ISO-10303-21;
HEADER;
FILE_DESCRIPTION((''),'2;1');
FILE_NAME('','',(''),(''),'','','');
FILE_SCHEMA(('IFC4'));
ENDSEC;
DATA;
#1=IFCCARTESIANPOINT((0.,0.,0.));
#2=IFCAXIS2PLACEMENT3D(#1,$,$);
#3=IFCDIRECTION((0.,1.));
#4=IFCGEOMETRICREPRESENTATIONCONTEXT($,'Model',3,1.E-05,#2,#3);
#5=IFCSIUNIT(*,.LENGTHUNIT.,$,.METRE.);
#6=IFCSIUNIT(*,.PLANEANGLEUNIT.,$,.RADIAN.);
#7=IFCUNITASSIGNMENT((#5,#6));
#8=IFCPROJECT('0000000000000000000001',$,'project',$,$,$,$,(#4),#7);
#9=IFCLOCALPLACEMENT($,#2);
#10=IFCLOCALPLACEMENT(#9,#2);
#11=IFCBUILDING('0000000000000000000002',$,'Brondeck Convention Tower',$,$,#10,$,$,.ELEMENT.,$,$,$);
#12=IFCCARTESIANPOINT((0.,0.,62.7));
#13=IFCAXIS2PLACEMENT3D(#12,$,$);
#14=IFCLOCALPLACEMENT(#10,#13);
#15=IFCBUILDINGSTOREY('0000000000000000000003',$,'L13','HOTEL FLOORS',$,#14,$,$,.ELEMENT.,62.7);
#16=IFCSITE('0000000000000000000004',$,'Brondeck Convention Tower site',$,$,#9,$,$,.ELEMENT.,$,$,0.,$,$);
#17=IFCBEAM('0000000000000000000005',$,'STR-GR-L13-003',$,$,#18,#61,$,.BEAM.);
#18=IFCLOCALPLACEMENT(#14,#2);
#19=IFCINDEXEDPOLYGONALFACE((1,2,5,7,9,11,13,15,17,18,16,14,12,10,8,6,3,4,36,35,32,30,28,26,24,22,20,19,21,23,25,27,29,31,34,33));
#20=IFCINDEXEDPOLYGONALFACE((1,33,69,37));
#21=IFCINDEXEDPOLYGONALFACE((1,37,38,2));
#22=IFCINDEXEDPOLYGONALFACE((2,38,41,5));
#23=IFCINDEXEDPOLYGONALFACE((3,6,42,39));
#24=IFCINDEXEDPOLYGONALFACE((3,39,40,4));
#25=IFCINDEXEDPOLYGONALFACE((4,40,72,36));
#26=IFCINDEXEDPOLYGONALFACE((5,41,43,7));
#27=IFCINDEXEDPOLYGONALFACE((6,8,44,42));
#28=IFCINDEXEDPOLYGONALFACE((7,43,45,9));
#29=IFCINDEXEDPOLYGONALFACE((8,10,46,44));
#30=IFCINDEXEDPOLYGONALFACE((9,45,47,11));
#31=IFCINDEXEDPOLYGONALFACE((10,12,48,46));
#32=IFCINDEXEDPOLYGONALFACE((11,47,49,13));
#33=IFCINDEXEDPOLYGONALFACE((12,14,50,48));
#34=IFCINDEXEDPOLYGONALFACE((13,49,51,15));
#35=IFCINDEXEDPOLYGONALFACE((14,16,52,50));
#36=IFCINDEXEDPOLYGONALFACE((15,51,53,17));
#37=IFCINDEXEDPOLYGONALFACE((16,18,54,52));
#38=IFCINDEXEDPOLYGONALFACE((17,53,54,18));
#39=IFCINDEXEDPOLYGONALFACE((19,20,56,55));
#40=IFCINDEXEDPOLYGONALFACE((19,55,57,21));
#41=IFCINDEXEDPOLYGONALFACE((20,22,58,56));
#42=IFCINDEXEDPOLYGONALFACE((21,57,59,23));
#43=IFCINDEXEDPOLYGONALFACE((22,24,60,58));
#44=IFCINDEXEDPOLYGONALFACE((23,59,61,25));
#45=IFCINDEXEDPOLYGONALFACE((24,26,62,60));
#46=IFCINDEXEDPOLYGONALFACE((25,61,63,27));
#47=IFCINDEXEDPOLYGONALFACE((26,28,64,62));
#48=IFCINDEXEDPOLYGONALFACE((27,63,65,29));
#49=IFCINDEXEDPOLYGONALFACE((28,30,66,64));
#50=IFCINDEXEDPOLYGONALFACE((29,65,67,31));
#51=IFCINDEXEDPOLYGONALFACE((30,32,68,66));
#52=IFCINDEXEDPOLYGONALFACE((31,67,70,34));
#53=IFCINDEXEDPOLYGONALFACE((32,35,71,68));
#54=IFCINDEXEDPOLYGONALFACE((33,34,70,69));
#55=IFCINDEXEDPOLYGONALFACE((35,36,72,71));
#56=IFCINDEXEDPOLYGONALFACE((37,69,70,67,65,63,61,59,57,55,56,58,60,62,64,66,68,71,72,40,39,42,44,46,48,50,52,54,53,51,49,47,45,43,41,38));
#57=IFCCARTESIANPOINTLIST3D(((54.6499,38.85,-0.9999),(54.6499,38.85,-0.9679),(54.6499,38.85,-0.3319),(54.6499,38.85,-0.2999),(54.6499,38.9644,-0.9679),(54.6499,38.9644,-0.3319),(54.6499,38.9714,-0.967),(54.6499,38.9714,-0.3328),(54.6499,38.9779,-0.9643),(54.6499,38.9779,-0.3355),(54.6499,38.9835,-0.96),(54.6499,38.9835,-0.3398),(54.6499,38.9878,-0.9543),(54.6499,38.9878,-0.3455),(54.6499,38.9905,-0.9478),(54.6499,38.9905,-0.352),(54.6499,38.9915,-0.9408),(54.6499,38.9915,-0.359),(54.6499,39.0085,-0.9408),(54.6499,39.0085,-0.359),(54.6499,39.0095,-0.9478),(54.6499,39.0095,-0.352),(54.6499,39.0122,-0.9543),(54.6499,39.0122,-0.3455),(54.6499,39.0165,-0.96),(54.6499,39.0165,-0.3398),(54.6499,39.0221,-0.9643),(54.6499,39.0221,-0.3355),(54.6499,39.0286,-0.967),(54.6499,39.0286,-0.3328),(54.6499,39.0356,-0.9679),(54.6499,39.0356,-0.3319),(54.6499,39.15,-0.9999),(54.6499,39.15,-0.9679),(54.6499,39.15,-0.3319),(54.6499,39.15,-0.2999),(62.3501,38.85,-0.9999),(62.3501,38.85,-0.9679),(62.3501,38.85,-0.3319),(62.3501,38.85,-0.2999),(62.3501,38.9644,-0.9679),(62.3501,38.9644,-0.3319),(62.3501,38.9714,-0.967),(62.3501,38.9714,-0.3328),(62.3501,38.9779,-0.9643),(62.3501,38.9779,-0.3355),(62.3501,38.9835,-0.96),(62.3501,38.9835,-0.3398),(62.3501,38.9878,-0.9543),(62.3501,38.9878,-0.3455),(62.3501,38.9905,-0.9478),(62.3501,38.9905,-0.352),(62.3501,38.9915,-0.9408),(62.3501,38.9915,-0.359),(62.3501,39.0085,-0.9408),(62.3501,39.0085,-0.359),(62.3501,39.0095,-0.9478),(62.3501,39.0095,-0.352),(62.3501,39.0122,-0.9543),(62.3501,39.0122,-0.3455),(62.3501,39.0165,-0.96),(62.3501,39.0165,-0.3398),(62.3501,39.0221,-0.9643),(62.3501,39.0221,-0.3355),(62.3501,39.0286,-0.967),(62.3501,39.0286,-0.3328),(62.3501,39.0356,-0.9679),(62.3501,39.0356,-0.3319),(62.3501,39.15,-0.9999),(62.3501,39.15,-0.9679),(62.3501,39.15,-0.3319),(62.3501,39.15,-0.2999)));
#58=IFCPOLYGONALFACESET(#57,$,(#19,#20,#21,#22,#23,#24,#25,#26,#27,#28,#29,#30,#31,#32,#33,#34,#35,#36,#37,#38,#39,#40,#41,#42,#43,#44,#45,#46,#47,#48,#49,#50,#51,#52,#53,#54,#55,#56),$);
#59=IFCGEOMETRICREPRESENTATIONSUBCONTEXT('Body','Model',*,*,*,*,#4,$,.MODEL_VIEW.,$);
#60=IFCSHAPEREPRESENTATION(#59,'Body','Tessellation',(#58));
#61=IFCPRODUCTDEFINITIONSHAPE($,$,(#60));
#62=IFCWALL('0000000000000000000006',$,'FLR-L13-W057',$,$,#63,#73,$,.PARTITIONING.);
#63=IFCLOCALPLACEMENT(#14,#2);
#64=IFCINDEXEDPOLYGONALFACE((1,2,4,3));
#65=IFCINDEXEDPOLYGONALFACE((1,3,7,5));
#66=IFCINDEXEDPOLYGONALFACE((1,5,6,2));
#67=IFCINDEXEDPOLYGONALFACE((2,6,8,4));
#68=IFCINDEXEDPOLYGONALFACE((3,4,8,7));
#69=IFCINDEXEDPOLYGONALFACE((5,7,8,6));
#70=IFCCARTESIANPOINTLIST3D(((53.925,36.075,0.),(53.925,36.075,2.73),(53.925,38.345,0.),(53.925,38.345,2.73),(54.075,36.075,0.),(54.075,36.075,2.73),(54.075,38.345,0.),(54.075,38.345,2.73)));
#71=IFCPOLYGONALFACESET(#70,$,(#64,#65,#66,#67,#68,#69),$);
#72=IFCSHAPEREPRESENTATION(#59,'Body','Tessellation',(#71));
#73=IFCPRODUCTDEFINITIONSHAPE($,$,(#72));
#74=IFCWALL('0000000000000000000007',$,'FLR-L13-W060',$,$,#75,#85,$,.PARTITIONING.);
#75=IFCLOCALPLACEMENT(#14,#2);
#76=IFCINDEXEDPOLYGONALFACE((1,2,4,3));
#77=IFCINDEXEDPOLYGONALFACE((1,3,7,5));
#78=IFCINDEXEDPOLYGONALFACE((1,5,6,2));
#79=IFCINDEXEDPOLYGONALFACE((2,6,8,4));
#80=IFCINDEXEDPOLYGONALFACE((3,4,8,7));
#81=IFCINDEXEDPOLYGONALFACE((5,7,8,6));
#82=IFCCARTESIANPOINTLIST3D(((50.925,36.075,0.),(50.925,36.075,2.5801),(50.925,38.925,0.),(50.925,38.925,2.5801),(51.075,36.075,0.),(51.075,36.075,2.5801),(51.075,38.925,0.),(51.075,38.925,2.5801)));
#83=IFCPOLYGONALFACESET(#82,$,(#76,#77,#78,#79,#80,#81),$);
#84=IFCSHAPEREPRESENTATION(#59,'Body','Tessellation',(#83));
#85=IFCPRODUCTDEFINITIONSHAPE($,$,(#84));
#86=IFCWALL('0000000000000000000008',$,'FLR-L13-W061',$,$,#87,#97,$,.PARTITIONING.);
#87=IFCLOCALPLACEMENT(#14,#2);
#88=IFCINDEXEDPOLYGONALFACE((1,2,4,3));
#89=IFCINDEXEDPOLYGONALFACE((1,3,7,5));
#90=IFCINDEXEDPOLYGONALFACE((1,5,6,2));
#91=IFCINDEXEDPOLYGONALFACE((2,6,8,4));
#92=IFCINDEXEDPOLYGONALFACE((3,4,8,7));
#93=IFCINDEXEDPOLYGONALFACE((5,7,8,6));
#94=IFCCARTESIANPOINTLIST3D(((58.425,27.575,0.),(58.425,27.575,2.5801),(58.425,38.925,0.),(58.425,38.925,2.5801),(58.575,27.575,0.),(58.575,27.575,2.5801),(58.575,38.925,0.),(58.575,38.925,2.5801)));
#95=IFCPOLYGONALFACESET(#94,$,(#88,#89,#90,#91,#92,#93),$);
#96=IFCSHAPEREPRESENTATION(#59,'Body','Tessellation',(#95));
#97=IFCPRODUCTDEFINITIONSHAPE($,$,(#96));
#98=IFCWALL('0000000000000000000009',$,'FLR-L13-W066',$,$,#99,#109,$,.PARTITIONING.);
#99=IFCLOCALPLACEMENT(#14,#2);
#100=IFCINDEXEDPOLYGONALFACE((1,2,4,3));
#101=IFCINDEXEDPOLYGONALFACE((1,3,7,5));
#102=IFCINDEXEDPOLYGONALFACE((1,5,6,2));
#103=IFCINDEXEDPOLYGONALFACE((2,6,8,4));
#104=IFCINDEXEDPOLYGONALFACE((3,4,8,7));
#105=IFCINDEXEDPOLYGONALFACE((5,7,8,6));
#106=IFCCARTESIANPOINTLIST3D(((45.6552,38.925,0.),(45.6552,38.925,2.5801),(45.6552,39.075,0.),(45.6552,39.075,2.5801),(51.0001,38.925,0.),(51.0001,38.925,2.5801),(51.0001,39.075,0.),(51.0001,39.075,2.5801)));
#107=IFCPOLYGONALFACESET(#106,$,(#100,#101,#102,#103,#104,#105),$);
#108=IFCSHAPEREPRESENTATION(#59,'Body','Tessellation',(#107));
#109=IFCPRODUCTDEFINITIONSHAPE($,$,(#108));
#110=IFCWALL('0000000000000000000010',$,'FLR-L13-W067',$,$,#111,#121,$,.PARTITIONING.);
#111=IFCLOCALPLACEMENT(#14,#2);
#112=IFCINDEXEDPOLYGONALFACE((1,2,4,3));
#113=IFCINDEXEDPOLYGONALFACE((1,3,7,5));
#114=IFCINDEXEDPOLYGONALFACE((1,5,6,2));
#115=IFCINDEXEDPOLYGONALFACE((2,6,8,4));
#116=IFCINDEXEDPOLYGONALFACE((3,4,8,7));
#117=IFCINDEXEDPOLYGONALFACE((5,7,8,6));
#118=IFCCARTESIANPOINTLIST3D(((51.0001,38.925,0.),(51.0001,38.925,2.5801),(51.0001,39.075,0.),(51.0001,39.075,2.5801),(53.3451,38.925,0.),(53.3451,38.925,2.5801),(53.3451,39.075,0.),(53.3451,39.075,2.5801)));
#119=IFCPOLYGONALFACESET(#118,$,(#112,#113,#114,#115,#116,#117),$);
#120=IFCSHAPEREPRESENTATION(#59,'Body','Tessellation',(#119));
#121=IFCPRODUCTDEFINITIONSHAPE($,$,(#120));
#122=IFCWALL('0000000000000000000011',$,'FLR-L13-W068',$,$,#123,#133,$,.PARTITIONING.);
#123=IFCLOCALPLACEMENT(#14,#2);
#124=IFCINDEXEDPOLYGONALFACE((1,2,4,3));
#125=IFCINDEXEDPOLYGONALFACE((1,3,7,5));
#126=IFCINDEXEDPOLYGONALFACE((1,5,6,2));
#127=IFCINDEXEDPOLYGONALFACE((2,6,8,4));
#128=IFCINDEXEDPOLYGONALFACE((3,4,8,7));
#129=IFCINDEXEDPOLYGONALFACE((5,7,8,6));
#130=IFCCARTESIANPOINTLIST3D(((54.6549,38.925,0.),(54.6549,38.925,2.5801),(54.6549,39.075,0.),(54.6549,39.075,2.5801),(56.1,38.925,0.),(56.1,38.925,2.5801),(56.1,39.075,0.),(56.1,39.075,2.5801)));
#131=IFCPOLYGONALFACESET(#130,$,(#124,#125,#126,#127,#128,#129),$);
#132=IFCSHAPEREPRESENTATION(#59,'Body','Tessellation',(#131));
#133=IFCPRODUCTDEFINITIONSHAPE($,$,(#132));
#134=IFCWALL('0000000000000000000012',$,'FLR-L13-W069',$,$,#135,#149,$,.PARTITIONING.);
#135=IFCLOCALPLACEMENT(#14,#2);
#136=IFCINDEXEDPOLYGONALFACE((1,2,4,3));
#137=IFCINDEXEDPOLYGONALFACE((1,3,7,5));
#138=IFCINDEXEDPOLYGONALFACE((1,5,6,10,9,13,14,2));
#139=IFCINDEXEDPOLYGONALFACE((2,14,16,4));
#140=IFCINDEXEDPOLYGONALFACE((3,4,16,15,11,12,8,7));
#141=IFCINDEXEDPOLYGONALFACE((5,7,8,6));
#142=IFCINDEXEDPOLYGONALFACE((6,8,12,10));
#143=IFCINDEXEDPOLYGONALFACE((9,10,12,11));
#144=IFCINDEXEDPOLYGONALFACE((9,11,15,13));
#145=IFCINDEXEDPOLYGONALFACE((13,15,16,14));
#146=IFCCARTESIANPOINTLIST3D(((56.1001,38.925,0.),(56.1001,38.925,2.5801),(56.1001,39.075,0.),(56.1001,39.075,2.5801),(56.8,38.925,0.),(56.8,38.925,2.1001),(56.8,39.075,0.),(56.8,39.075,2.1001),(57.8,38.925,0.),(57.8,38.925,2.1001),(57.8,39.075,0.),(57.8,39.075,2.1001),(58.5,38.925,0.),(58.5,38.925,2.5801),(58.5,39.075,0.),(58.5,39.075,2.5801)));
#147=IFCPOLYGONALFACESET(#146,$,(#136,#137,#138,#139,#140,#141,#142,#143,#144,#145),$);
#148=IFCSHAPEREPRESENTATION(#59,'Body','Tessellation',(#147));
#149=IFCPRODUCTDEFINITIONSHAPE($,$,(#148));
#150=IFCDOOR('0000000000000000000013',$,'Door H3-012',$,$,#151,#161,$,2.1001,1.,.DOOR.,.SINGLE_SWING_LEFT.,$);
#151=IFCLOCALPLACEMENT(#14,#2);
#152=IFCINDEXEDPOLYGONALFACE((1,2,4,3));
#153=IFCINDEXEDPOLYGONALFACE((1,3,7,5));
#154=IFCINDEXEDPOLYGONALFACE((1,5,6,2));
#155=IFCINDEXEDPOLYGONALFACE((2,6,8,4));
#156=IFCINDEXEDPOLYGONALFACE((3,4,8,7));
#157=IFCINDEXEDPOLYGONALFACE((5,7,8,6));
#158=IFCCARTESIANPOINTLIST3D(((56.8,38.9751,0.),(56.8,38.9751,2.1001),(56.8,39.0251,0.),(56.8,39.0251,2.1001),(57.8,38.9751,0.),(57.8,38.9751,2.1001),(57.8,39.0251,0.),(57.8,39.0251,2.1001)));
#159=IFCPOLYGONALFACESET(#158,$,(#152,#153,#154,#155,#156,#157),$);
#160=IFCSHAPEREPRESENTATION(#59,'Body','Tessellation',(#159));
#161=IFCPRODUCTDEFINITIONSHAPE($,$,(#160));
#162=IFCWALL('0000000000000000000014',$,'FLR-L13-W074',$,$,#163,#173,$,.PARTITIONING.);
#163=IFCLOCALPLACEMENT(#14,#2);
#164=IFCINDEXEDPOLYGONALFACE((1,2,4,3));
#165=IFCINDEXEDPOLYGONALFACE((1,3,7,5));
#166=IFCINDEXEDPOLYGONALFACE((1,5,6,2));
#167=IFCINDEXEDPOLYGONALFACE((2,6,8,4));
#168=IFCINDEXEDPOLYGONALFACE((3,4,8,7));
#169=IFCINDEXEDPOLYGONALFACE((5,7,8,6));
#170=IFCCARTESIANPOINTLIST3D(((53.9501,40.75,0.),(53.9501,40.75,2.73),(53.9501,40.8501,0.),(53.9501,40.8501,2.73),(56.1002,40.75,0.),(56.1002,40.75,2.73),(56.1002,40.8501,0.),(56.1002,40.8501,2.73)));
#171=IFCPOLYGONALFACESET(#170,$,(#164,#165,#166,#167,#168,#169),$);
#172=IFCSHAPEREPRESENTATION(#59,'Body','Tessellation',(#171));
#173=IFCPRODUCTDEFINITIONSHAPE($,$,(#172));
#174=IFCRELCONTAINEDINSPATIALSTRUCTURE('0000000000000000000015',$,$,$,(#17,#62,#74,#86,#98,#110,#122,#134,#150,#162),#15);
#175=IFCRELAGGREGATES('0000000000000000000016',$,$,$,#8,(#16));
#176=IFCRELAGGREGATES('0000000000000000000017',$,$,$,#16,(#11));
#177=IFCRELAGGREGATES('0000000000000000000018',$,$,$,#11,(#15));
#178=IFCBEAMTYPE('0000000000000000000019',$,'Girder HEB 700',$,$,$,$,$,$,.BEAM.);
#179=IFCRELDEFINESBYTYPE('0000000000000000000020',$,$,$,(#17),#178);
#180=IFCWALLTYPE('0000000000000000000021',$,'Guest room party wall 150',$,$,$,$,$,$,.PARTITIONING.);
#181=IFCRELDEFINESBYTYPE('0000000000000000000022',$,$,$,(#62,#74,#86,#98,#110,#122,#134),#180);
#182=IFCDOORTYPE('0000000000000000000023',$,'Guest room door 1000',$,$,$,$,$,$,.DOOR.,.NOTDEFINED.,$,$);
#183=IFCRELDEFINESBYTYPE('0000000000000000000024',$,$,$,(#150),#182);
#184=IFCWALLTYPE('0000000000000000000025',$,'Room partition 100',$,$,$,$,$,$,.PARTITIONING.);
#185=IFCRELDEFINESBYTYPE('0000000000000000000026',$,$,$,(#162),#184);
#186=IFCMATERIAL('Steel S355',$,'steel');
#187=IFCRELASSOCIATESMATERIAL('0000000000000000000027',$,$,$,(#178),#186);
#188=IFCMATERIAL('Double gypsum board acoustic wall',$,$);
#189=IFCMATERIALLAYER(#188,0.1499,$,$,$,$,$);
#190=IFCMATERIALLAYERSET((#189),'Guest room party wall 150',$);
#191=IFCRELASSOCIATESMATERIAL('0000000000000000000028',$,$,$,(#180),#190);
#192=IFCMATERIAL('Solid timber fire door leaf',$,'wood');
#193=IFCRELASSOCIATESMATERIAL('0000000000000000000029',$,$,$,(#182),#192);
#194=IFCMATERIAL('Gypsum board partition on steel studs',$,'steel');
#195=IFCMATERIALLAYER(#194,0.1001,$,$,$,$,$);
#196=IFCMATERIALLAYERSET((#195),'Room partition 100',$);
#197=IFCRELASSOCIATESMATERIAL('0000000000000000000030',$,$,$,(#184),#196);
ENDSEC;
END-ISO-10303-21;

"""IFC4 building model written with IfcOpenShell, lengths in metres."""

from ifc_helpers import new_model, si_unit, direction, frame, frame_2d, origin, origin_2d, place, context, subcontext, project, spatial, rectangle, i_section, extrude, material, layer, layer_set, material_profile, profile_set, type_object, element, fill, save


model = new_model("IFC4")

# Units and contexts
model_context = context("Model", 3, precision=1e-05, world=origin(), true_north=direction((0.0, 1.0)))
body_context = subcontext(model_context, "Body", "Model", "MODEL_VIEW")
ifc_project = project(units=[si_unit("LENGTHUNIT", "METRE"), si_unit("PLANEANGLEUNIT", "RADIAN")], contexts=[model_context])

# Site, building, storey
site_placement = place(None, origin())
site = spatial("IfcSite", under=ifc_project, at=site_placement, Name="Brondeck Convention Tower site", CompositionType="ELEMENT", RefElevation=0.0)
building_placement = place(site_placement, origin())
building = spatial("IfcBuilding", under=site, at=building_placement, Name="Brondeck Convention Tower", CompositionType="ELEMENT")
storey_placement = place(building_placement, frame((0.0, 0.0, 62.7)))
storey = spatial("IfcBuildingStorey", under=building, at=storey_placement, Name="L13", Description="HOTEL FLOORS", CompositionType="ELEMENT", Elevation=62.7)

# Beam
ifc_material_1 = material(Name="Steel S355", Category="steel")
ifc_material_profile_1 = material_profile(ifc_material_1, i_section(OverallWidth=0.3, OverallDepth=0.7, WebThickness=0.0171, FlangeThickness=0.032, FilletRadius=0.0271, at=origin_2d()), Name="HEB 700")
ifc_profile_set_1 = profile_set([ifc_material_profile_1], Name="Steel S355")
beam_type_1 = type_object("IfcBeamType", Name="Girder HEB 700", PredefinedType="BEAM", material=ifc_profile_set_1)
for number, where, z_axis, x_axis, name in (
    (1, (54.6499, 39.0, -0.6499), (1.0, 0.0, 0.0), (0.0, 1.0, 0.0), "STR-GR-L13-003"),
):
    element("IfcBeam", number, at=place(storey_placement, frame(where, z_axis=z_axis, x_axis=x_axis)), inside=storey, type_object=beam_type_1, Name=name, PredefinedType="BEAM", context=body_context, shape_type="SweptSolid", body=[
        extrude(i_section(OverallWidth=0.3, OverallDepth=0.7, WebThickness=0.0171, FlangeThickness=0.032, FilletRadius=0.0271, at=origin_2d()), origin(), (0.0, 0.0, 1.0), 7.7002),
    ])

# Walls
ifc_material_2 = material(Name="Double gypsum board acoustic wall")
ifc_layer_1 = layer(ifc_material_2, 0.1499)
ifc_layer_set_1 = layer_set([ifc_layer_1], Name="Guest room party wall 150")
wall_type_1 = type_object("IfcWallType", Name="Guest room party wall 150", PredefinedType="PARTITIONING", material=ifc_layer_set_1)
wall_1_placement = place(storey_placement, frame((54.0, 38.345, 0.0), z_axis=(0.0, 0.0, 1.0), x_axis=(0.0, -1.0, 0.0)))
element("IfcWall", 2, at=wall_1_placement, inside=storey, type_object=wall_type_1, Name="FLR-L13-W057", PredefinedType="PARTITIONING", context=body_context, shape_type="SweptSolid", body=[
    extrude(rectangle(XDim=2.27, YDim=0.1499, at=frame_2d((1.135, 0.0))), origin(), (0.0, 0.0, 1.0), 2.73),
])
wall_2_placement = place(storey_placement, frame((51.0, 38.925, 0.0), z_axis=(0.0, 0.0, 1.0), x_axis=(0.0, -1.0, 0.0)))
element("IfcWall", 3, at=wall_2_placement, inside=storey, type_object=wall_type_1, Name="FLR-L13-W060", PredefinedType="PARTITIONING", context=body_context, shape_type="SweptSolid", body=[
    extrude(rectangle(XDim=2.8501, YDim=0.1499, at=frame_2d((1.425, 0.0))), origin(), (0.0, 0.0, 1.0), 2.5801),
])
wall_3_placement = place(storey_placement, frame((58.5, 38.925, 0.0), z_axis=(0.0, 0.0, 1.0), x_axis=(0.0, -1.0, 0.0)))
element("IfcWall", 4, at=wall_3_placement, inside=storey, type_object=wall_type_1, Name="FLR-L13-W061", PredefinedType="PARTITIONING", context=body_context, shape_type="SweptSolid", body=[
    extrude(rectangle(XDim=11.3501, YDim=0.1499, at=frame_2d((5.675, 0.0))), origin(), (0.0, 0.0, 1.0), 2.5801),
])
wall_4_placement = place(storey_placement, frame((51.0, 39.0, 0.0), z_axis=(0.0, 0.0, 1.0), x_axis=(-1.0, 0.0, 0.0)))
element("IfcWall", 5, at=wall_4_placement, inside=storey, type_object=wall_type_1, Name="FLR-L13-W066", PredefinedType="PARTITIONING", context=body_context, shape_type="SweptSolid", body=[
    extrude(rectangle(XDim=5.345, YDim=0.1499, at=frame_2d((2.6724, 0.0))), origin(), (0.0, 0.0, 1.0), 2.5801),
])
wall_5_placement = place(storey_placement, frame((53.345, 39.0, 0.0), z_axis=(0.0, 0.0, 1.0), x_axis=(-1.0, 0.0, 0.0)))
element("IfcWall", 6, at=wall_5_placement, inside=storey, type_object=wall_type_1, Name="FLR-L13-W067", PredefinedType="PARTITIONING", context=body_context, shape_type="SweptSolid", body=[
    extrude(rectangle(XDim=2.345, YDim=0.1499, at=frame_2d((1.1724, 0.0))), origin(), (0.0, 0.0, 1.0), 2.5801),
])
wall_6_placement = place(storey_placement, frame((56.1001, 39.0, 0.0), z_axis=(0.0, 0.0, 1.0), x_axis=(-1.0, 0.0, 0.0)))
element("IfcWall", 7, at=wall_6_placement, inside=storey, type_object=wall_type_1, Name="FLR-L13-W068", PredefinedType="PARTITIONING", context=body_context, shape_type="SweptSolid", body=[
    extrude(rectangle(XDim=1.4451, YDim=0.1499, at=frame_2d((0.7227, 0.0))), origin(), (0.0, 0.0, 1.0), 2.5801),
])

# Wall, opening, door
wall_7_placement = place(storey_placement, frame((58.5, 39.0, 0.0), z_axis=(0.0, 0.0, 1.0), x_axis=(-1.0, 0.0, 0.0)))
wall_7 = element("IfcWall", 8, at=wall_7_placement, inside=storey, type_object=wall_type_1, Name="FLR-L13-W069", PredefinedType="PARTITIONING", context=body_context, shape_type="SweptSolid", body=[
    extrude(rectangle(XDim=2.3999, YDim=0.1499, at=frame_2d((1.2, 0.0))), origin(), (0.0, 0.0, 1.0), 2.5801),
])
opening_1_placement = place(wall_7_placement, frame((0.7, 0.0, 0.0)))
opening_1 = element("IfcOpeningElement", 9, at=opening_1_placement, cuts=wall_7, PredefinedType="OPENING", context=body_context, shape_type="SweptSolid", body=[
    extrude(rectangle(XDim=1.0, YDim=2.1001, at=frame_2d((0.5, 1.05))), frame((0.0, 0.085, 0.0), z_axis=(0.0, -1.0, 0.0), x_axis=(1.0, 0.0, 0.0)), (0.0, 0.0, 1.0), 0.1699),
])
ifc_material_3 = material(Name="Solid timber fire door leaf", Category="wood")
door_type_1 = type_object("IfcDoorType", Name="Guest room door 1000", OperationType="NOTDEFINED", PredefinedType="DOOR", material=ifc_material_3)
door_1_placement = place(opening_1_placement, origin())
door_1 = element("IfcDoor", 10, at=door_1_placement, inside=storey, type_object=door_type_1, Name="Door H3-012", OperationType="SINGLE_SWING_LEFT", OverallHeight=2.1001, OverallWidth=1.0, PredefinedType="DOOR", context=body_context, shape_type="SweptSolid", body=[
    extrude(rectangle(XDim=1.0, YDim=2.1001, at=frame_2d((0.5, 1.05))), frame((0.0, 0.0249, 0.0), z_axis=(0.0, -1.0, 0.0), x_axis=(1.0, 0.0, 0.0)), (0.0, 0.0, 1.0), 0.05),
])
fill(opening_1, door_1)

# Wall
ifc_material_4 = material(Name="Gypsum board partition on steel studs", Category="steel")
ifc_layer_2 = layer(ifc_material_4, 0.1001)
ifc_layer_set_2 = layer_set([ifc_layer_2], Name="Room partition 100")
wall_type_2 = type_object("IfcWallType", Name="Room partition 100", PredefinedType="PARTITIONING", material=ifc_layer_set_2)
wall_8_placement = place(storey_placement, frame((53.95, 40.8, 0.0), z_axis=(0.0, 0.0, 1.0), x_axis=(1.0, 0.0, 0.0)))
element("IfcWall", 11, at=wall_8_placement, inside=storey, type_object=wall_type_2, Name="FLR-L13-W074", PredefinedType="PARTITIONING", context=body_context, shape_type="SweptSolid", body=[
    extrude(rectangle(XDim=2.1501, YDim=0.1001, at=frame_2d((1.0752, 0.0))), origin(), (0.0, 0.0, 1.0), 2.73),
])

save(model, "model.ifc")
